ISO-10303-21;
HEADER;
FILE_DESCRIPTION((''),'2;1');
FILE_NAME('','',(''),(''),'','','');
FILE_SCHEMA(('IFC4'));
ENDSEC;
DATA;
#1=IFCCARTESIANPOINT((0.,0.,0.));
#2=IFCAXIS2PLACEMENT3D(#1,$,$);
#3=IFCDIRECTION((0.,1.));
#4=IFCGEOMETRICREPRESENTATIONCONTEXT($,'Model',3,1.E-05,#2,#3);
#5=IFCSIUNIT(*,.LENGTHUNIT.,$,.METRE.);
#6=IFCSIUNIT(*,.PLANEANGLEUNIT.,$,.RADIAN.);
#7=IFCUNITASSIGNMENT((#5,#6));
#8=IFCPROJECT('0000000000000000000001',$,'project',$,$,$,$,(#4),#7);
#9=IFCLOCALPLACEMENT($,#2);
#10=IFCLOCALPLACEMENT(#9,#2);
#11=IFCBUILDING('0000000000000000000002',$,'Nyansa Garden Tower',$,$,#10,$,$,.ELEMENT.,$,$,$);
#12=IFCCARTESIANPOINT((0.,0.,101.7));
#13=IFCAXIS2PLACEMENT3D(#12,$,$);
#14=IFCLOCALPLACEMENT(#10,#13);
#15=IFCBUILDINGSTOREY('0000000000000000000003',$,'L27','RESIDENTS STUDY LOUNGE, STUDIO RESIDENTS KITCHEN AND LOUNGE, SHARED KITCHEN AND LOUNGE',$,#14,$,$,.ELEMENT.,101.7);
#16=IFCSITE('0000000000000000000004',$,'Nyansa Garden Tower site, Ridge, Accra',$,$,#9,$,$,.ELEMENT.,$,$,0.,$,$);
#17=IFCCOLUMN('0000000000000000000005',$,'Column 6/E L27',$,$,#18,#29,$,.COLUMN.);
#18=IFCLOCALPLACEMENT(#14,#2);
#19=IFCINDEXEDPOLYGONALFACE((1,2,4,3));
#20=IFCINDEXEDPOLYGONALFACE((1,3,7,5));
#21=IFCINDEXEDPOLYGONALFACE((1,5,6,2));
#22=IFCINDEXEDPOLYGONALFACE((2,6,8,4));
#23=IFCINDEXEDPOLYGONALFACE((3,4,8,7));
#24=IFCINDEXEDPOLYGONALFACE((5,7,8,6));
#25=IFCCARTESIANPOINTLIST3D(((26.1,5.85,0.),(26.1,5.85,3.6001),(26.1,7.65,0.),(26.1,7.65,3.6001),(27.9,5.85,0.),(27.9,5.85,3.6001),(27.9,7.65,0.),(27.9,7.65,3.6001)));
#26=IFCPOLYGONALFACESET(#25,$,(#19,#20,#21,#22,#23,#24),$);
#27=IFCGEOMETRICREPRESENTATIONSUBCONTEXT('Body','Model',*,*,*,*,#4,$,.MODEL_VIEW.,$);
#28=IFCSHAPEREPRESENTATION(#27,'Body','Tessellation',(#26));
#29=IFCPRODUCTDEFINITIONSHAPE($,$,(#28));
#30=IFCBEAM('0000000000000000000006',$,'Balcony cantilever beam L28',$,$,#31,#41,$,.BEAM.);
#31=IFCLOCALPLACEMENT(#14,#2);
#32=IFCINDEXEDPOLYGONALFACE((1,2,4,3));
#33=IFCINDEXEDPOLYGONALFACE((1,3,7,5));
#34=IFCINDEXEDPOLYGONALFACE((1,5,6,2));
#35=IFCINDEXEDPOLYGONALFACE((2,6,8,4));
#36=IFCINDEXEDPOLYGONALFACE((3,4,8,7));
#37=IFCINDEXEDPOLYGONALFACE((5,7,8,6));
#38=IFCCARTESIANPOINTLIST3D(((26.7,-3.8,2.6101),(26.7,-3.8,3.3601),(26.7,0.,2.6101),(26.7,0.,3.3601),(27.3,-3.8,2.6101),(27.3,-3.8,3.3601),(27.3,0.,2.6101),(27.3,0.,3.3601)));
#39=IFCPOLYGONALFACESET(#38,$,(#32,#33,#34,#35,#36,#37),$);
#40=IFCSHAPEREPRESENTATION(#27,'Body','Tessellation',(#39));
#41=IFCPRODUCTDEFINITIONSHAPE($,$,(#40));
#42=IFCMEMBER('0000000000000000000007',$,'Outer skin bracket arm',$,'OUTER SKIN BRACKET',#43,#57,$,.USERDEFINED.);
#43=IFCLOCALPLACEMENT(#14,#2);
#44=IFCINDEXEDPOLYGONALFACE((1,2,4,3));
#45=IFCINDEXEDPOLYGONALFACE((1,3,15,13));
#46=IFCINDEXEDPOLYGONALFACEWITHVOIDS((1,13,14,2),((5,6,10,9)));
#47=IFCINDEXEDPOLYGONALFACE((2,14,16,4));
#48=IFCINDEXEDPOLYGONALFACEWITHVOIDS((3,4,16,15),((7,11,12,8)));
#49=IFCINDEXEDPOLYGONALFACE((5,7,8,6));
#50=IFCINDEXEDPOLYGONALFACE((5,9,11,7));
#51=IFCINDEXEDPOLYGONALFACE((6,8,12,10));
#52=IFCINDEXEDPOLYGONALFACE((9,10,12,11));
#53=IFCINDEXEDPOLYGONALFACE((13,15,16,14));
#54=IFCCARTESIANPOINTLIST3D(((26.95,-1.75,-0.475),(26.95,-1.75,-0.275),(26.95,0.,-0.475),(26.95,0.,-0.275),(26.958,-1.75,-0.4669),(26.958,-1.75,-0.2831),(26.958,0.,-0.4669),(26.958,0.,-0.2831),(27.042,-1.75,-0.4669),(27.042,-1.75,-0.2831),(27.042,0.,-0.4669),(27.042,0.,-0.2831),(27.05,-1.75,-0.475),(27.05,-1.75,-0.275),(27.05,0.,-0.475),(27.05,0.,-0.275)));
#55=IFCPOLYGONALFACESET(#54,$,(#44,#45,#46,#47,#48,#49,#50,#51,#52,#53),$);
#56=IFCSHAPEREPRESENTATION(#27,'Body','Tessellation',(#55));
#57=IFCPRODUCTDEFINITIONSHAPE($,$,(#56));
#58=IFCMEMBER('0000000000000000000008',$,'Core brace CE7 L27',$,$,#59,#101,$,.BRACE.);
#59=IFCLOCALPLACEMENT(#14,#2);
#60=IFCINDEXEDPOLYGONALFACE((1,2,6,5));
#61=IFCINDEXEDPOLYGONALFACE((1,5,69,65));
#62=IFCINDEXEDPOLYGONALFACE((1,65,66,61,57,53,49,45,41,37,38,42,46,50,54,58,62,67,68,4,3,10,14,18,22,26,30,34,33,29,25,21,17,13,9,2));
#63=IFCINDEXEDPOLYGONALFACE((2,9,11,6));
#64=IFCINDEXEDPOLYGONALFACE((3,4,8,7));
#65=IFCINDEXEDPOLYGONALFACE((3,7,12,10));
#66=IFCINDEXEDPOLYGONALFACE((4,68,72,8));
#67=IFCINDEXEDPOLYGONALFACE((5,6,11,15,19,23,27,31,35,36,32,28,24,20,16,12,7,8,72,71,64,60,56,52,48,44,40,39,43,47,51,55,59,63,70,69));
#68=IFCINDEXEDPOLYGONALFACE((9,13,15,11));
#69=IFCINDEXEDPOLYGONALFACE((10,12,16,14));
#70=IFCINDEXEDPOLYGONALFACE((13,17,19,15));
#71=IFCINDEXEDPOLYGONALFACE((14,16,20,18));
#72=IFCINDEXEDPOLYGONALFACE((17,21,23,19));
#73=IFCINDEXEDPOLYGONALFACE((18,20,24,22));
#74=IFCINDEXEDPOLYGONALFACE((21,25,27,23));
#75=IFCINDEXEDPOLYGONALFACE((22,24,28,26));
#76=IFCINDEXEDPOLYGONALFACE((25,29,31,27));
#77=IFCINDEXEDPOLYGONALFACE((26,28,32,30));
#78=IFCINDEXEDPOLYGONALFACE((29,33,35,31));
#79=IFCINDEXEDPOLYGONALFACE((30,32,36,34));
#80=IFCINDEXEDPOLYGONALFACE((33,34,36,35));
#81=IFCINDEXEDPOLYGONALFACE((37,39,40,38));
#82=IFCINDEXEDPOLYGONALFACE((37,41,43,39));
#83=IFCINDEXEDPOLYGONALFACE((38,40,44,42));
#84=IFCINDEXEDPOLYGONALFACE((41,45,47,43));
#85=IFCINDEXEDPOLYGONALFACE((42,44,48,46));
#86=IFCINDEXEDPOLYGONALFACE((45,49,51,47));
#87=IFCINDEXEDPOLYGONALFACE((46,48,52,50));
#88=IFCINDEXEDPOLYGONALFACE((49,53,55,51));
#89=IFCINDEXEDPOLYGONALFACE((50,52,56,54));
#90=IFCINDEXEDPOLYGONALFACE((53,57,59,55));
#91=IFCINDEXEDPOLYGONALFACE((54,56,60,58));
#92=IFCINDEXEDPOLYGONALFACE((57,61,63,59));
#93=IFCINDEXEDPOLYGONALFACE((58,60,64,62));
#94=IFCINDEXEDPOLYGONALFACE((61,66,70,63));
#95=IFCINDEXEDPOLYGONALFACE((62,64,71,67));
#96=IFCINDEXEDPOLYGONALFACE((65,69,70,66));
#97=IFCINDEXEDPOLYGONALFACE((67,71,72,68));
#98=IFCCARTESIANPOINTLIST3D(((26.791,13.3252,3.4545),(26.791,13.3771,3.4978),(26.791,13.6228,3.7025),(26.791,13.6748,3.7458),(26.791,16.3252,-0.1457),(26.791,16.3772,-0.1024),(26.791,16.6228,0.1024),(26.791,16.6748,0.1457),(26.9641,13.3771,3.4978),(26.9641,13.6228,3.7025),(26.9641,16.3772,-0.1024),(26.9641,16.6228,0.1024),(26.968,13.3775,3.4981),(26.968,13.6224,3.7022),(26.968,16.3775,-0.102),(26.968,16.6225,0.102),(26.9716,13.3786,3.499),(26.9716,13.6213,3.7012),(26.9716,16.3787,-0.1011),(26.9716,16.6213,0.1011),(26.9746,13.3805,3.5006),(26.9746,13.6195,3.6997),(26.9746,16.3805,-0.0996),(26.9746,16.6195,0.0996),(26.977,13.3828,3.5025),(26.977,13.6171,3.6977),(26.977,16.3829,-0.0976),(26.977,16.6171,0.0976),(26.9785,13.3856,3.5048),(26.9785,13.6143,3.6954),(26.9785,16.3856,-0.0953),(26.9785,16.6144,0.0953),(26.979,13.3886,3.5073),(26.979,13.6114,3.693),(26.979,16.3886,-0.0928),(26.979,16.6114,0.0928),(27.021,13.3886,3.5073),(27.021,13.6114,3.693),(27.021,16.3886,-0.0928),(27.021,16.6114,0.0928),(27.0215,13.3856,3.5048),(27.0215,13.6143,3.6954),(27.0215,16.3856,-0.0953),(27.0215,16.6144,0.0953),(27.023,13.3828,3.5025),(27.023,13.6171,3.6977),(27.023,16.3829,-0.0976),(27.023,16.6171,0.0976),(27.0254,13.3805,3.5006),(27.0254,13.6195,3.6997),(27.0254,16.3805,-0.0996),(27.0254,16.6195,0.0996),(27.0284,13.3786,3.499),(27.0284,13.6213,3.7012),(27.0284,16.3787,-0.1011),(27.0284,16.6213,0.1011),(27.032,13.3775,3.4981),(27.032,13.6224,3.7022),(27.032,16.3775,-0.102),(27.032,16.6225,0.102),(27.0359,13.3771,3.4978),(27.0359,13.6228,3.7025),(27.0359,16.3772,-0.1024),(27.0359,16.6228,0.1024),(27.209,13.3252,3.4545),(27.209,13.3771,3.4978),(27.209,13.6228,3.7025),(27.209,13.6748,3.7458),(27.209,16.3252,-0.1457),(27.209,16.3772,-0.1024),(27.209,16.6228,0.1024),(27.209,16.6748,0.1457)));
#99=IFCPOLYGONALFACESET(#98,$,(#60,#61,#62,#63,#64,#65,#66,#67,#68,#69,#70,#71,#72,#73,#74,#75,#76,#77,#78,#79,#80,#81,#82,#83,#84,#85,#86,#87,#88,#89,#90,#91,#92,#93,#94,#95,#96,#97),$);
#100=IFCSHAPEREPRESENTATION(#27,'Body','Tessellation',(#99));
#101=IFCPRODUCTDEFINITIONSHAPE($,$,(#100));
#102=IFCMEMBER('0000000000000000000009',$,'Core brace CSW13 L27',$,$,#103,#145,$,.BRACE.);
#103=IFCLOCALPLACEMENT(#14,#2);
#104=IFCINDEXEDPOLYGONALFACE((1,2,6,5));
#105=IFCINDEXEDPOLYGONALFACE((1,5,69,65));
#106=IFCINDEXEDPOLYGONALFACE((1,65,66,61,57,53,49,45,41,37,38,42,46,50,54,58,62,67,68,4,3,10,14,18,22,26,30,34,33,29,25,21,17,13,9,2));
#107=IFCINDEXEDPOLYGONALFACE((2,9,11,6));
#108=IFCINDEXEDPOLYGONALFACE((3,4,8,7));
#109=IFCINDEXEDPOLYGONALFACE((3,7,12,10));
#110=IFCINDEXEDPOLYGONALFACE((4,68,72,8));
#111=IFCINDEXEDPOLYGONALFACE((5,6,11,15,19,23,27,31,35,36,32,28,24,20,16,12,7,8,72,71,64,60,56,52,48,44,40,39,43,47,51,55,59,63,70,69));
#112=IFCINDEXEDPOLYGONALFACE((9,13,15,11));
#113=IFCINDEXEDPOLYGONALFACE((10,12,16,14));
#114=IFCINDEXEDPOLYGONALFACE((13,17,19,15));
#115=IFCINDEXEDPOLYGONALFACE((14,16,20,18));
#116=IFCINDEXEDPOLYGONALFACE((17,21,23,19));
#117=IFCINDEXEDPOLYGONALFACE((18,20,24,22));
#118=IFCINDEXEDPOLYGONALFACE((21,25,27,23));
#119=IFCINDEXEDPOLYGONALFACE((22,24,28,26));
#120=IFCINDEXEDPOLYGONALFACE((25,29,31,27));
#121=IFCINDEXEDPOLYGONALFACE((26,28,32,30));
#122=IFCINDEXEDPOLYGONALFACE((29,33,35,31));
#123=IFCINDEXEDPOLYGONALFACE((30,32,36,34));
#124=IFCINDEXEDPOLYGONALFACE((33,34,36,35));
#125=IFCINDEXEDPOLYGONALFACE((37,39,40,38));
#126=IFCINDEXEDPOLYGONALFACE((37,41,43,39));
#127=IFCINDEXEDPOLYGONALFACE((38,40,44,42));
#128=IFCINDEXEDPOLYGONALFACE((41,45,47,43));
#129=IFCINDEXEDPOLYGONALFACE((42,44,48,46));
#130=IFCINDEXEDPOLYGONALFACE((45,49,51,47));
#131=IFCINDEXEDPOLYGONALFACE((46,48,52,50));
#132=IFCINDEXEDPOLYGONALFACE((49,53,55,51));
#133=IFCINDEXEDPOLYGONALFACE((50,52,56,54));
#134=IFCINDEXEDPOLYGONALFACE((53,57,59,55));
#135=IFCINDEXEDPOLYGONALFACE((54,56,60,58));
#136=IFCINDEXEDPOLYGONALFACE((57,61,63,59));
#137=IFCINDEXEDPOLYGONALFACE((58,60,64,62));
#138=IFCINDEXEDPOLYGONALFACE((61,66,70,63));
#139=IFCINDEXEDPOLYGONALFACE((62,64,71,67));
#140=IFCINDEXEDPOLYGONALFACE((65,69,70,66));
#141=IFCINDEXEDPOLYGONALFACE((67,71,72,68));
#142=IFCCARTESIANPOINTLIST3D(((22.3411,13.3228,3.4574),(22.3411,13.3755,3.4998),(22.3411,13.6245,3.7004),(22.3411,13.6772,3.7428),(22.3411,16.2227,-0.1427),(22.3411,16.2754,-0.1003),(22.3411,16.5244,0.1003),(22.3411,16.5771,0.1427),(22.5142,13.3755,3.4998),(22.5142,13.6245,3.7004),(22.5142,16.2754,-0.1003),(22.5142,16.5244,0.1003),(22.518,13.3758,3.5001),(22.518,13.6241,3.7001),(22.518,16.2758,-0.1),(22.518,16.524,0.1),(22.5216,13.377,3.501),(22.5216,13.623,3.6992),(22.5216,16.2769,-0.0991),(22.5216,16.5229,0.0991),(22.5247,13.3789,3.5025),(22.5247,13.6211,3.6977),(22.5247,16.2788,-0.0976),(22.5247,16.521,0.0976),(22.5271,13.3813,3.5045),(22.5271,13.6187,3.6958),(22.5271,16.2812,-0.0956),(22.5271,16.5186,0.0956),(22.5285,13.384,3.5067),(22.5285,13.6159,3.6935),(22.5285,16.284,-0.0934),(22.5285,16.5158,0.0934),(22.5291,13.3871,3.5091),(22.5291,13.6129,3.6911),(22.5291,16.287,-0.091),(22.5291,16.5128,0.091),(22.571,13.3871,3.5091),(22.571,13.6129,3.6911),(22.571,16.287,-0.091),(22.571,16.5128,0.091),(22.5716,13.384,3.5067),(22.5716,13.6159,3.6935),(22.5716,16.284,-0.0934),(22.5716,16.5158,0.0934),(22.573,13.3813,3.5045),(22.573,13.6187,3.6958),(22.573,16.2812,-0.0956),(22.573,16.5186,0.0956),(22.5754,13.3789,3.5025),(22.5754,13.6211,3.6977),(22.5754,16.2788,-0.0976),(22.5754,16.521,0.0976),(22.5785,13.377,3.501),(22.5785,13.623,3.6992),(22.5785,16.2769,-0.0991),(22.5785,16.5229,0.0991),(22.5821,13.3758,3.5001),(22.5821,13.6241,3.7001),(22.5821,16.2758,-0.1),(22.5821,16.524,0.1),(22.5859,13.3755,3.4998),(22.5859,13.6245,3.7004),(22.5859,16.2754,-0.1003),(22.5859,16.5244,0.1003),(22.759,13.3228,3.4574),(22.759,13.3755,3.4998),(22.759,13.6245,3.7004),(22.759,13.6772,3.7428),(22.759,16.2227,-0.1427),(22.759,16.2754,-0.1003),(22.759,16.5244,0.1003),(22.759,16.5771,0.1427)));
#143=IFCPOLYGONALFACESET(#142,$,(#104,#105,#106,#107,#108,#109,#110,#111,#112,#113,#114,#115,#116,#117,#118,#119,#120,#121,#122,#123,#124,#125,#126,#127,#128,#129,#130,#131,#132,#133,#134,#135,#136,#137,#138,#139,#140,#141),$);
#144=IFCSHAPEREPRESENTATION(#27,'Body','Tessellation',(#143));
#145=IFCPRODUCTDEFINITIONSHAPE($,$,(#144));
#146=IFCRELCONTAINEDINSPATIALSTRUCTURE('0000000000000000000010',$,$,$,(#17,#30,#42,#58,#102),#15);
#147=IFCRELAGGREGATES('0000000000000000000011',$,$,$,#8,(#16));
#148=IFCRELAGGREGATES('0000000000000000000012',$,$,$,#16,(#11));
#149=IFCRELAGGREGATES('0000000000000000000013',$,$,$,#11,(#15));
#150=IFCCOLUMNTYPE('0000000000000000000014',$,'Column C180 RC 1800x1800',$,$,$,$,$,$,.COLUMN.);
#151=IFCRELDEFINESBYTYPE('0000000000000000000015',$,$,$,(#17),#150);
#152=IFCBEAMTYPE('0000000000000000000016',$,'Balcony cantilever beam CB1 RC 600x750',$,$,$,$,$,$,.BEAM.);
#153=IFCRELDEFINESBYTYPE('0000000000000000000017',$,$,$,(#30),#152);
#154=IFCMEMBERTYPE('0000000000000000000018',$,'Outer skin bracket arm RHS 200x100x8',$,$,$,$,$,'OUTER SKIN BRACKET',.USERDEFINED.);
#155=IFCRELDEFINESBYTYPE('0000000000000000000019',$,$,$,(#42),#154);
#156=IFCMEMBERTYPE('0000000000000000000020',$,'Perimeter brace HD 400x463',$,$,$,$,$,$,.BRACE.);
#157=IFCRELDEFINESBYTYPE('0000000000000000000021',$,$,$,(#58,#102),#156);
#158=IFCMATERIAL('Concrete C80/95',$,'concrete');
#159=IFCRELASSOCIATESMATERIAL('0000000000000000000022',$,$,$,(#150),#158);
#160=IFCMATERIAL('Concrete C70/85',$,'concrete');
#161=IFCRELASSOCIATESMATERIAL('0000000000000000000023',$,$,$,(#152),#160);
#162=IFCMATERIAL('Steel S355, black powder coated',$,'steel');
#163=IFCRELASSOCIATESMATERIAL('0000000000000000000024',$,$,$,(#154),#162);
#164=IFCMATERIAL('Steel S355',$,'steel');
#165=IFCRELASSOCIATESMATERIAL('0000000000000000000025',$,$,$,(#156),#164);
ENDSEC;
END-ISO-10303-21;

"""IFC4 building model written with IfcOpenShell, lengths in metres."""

from ifc_helpers import new_model, si_unit, direction, frame, origin, origin_2d, place, context, subcontext, project, spatial, rectangle, hollow_rectangle, i_section, extrude, material, material_profile, profile_set, type_object, element, save


model = new_model("IFC4")

# Units and contexts
model_context = context("Model", 3, precision=1e-05, world=origin(), true_north=direction((0.0, 1.0)))
body_context = subcontext(model_context, "Body", "Model", "MODEL_VIEW")
ifc_project = project(units=[si_unit("LENGTHUNIT", "METRE"), si_unit("PLANEANGLEUNIT", "RADIAN")], contexts=[model_context])

# Site, building, storey
site_placement = place(None, origin())
site = spatial("IfcSite", under=ifc_project, at=site_placement, Name="Nyansa Garden Tower site, Ridge, Accra", CompositionType="ELEMENT", RefElevation=0.0)
building_placement = place(site_placement, origin())
building = spatial("IfcBuilding", under=site, at=building_placement, Name="Nyansa Garden Tower", CompositionType="ELEMENT")
storey_placement = place(building_placement, frame((0.0, 0.0, 101.7)))
storey = spatial("IfcBuildingStorey", under=building, at=storey_placement, Name="L27", Description="RESIDENTS STUDY LOUNGE, STUDIO RESIDENTS KITCHEN AND LOUNGE, SHARED KITCHEN AND LOUNGE", CompositionType="ELEMENT", Elevation=101.7)

# Column
ifc_material_1 = material(Name="Concrete C80/95", Category="concrete")
ifc_material_profile_1 = material_profile(ifc_material_1, rectangle(XDim=1.8, YDim=1.8, at=origin_2d()), Name="RC 1800x1800")
ifc_profile_set_1 = profile_set([ifc_material_profile_1], Name="Concrete C80/95")
column_type = type_object("IfcColumnType", Name="Column C180 RC 1800x1800", PredefinedType="COLUMN", material=ifc_profile_set_1)
column_placement = place(storey_placement, frame((27.0, 6.75, 0.0), z_axis=(0.0, 0.0, 1.0), x_axis=(1.0, 0.0, 0.0)))
element("IfcColumn", 1, at=column_placement, inside=storey, type_object=column_type, Name="Column 6/E L27", PredefinedType="COLUMN", context=body_context, shape_type="SweptSolid", body=[
    extrude(rectangle(XDim=1.8, YDim=1.8, at=origin_2d()), origin(), (0.0, 0.0, 1.0), 3.6001),
])

# Beam
ifc_material_2 = material(Name="Concrete C70/85", Category="concrete")
ifc_material_profile_2 = material_profile(ifc_material_2, rectangle(XDim=0.6001, YDim=0.75, at=origin_2d()), Name="RC 600x750")
ifc_profile_set_2 = profile_set([ifc_material_profile_2], Name="Concrete C70/85")
beam_type_1 = type_object("IfcBeamType", Name="Balcony cantilever beam CB1 RC 600x750", PredefinedType="BEAM", material=ifc_profile_set_2)
beam_1_placement = place(storey_placement, frame((27.0, 0.0, 2.9851), z_axis=(0.0, -1.0, 0.0), x_axis=(1.0, 0.0, 0.0)))
element("IfcBeam", 2, at=beam_1_placement, inside=storey, type_object=beam_type_1, Name="Balcony cantilever beam L28", PredefinedType="BEAM", context=body_context, shape_type="SweptSolid", body=[
    extrude(rectangle(XDim=0.6001, YDim=0.75, at=origin_2d()), origin(), (0.0, 0.0, 1.0), 3.8),
])

# Members
ifc_material_3 = material(Name="Steel S355, black powder coated", Category="steel")
ifc_material_profile_3 = material_profile(ifc_material_3, hollow_rectangle(XDim=0.1001, YDim=0.2, WallThickness=0.0081, at=origin_2d()), Name="RHS 200x100x8")
ifc_profile_set_3 = profile_set([ifc_material_profile_3], Name="Steel S355, black powder coated")
member_type_1 = type_object("IfcMemberType", Name="Outer skin bracket arm RHS 200x100x8", ElementType="OUTER SKIN BRACKET", PredefinedType="USERDEFINED", material=ifc_profile_set_3)
member_1_placement = place(storey_placement, frame((27.0, 0.0, -0.375), z_axis=(0.0, -1.0, 0.0), x_axis=(1.0, 0.0, 0.0)))
element("IfcMember", 3, at=member_1_placement, inside=storey, type_object=member_type_1, Name="Outer skin bracket arm", ObjectType="OUTER SKIN BRACKET", PredefinedType="USERDEFINED", context=body_context, shape_type="SweptSolid", body=[
    extrude(hollow_rectangle(XDim=0.1001, YDim=0.2, WallThickness=0.0081, at=origin_2d()), origin(), (0.0, 0.0, 1.0), 1.75),
])
ifc_material_4 = material(Name="Steel S355", Category="steel")
ifc_material_profile_4 = material_profile(ifc_material_4, i_section(OverallWidth=0.418, OverallDepth=0.4551, WebThickness=0.042, FlangeThickness=0.0676, FilletRadius=0.0149, at=origin_2d()), Name="HD 400x463")
ifc_profile_set_4 = profile_set([ifc_material_profile_4], Name="Steel S355")
member_type_2 = type_object("IfcMemberType", Name="Perimeter brace HD 400x463", PredefinedType="BRACE", material=ifc_profile_set_4)
member_2_placement = place(storey_placement, frame((27.0, 16.5, 0.0), z_axis=(0.0, -0.640174, 0.76823), x_axis=(1.0, 0.0, 0.0)))
element("IfcMember", 4, at=member_2_placement, inside=storey, type_object=member_type_2, Name="Core brace CE7 L27", PredefinedType="BRACE", context=body_context, shape_type="SweptSolid", body=[
    extrude(i_section(OverallWidth=0.418, OverallDepth=0.4551, WebThickness=0.042, FlangeThickness=0.0676, FilletRadius=0.0149, at=origin_2d()), origin(), (0.0, 0.0, 1.0), 4.6863),
])
member_3_placement = place(storey_placement, frame((22.55, 16.3999, 0.0), z_axis=(0.0, -0.627306, 0.778773), x_axis=(1.0, 0.0, 0.0)))
element("IfcMember", 5, at=member_3_placement, inside=storey, type_object=member_type_2, Name="Core brace CSW13 L27", PredefinedType="BRACE", context=body_context, shape_type="SweptSolid", body=[
    extrude(i_section(OverallWidth=0.418, OverallDepth=0.4551, WebThickness=0.042, FlangeThickness=0.0676, FilletRadius=0.0149, at=origin_2d()), origin(), (0.0, 0.0, 1.0), 4.6228),
])

save(model, "model.ifc")
